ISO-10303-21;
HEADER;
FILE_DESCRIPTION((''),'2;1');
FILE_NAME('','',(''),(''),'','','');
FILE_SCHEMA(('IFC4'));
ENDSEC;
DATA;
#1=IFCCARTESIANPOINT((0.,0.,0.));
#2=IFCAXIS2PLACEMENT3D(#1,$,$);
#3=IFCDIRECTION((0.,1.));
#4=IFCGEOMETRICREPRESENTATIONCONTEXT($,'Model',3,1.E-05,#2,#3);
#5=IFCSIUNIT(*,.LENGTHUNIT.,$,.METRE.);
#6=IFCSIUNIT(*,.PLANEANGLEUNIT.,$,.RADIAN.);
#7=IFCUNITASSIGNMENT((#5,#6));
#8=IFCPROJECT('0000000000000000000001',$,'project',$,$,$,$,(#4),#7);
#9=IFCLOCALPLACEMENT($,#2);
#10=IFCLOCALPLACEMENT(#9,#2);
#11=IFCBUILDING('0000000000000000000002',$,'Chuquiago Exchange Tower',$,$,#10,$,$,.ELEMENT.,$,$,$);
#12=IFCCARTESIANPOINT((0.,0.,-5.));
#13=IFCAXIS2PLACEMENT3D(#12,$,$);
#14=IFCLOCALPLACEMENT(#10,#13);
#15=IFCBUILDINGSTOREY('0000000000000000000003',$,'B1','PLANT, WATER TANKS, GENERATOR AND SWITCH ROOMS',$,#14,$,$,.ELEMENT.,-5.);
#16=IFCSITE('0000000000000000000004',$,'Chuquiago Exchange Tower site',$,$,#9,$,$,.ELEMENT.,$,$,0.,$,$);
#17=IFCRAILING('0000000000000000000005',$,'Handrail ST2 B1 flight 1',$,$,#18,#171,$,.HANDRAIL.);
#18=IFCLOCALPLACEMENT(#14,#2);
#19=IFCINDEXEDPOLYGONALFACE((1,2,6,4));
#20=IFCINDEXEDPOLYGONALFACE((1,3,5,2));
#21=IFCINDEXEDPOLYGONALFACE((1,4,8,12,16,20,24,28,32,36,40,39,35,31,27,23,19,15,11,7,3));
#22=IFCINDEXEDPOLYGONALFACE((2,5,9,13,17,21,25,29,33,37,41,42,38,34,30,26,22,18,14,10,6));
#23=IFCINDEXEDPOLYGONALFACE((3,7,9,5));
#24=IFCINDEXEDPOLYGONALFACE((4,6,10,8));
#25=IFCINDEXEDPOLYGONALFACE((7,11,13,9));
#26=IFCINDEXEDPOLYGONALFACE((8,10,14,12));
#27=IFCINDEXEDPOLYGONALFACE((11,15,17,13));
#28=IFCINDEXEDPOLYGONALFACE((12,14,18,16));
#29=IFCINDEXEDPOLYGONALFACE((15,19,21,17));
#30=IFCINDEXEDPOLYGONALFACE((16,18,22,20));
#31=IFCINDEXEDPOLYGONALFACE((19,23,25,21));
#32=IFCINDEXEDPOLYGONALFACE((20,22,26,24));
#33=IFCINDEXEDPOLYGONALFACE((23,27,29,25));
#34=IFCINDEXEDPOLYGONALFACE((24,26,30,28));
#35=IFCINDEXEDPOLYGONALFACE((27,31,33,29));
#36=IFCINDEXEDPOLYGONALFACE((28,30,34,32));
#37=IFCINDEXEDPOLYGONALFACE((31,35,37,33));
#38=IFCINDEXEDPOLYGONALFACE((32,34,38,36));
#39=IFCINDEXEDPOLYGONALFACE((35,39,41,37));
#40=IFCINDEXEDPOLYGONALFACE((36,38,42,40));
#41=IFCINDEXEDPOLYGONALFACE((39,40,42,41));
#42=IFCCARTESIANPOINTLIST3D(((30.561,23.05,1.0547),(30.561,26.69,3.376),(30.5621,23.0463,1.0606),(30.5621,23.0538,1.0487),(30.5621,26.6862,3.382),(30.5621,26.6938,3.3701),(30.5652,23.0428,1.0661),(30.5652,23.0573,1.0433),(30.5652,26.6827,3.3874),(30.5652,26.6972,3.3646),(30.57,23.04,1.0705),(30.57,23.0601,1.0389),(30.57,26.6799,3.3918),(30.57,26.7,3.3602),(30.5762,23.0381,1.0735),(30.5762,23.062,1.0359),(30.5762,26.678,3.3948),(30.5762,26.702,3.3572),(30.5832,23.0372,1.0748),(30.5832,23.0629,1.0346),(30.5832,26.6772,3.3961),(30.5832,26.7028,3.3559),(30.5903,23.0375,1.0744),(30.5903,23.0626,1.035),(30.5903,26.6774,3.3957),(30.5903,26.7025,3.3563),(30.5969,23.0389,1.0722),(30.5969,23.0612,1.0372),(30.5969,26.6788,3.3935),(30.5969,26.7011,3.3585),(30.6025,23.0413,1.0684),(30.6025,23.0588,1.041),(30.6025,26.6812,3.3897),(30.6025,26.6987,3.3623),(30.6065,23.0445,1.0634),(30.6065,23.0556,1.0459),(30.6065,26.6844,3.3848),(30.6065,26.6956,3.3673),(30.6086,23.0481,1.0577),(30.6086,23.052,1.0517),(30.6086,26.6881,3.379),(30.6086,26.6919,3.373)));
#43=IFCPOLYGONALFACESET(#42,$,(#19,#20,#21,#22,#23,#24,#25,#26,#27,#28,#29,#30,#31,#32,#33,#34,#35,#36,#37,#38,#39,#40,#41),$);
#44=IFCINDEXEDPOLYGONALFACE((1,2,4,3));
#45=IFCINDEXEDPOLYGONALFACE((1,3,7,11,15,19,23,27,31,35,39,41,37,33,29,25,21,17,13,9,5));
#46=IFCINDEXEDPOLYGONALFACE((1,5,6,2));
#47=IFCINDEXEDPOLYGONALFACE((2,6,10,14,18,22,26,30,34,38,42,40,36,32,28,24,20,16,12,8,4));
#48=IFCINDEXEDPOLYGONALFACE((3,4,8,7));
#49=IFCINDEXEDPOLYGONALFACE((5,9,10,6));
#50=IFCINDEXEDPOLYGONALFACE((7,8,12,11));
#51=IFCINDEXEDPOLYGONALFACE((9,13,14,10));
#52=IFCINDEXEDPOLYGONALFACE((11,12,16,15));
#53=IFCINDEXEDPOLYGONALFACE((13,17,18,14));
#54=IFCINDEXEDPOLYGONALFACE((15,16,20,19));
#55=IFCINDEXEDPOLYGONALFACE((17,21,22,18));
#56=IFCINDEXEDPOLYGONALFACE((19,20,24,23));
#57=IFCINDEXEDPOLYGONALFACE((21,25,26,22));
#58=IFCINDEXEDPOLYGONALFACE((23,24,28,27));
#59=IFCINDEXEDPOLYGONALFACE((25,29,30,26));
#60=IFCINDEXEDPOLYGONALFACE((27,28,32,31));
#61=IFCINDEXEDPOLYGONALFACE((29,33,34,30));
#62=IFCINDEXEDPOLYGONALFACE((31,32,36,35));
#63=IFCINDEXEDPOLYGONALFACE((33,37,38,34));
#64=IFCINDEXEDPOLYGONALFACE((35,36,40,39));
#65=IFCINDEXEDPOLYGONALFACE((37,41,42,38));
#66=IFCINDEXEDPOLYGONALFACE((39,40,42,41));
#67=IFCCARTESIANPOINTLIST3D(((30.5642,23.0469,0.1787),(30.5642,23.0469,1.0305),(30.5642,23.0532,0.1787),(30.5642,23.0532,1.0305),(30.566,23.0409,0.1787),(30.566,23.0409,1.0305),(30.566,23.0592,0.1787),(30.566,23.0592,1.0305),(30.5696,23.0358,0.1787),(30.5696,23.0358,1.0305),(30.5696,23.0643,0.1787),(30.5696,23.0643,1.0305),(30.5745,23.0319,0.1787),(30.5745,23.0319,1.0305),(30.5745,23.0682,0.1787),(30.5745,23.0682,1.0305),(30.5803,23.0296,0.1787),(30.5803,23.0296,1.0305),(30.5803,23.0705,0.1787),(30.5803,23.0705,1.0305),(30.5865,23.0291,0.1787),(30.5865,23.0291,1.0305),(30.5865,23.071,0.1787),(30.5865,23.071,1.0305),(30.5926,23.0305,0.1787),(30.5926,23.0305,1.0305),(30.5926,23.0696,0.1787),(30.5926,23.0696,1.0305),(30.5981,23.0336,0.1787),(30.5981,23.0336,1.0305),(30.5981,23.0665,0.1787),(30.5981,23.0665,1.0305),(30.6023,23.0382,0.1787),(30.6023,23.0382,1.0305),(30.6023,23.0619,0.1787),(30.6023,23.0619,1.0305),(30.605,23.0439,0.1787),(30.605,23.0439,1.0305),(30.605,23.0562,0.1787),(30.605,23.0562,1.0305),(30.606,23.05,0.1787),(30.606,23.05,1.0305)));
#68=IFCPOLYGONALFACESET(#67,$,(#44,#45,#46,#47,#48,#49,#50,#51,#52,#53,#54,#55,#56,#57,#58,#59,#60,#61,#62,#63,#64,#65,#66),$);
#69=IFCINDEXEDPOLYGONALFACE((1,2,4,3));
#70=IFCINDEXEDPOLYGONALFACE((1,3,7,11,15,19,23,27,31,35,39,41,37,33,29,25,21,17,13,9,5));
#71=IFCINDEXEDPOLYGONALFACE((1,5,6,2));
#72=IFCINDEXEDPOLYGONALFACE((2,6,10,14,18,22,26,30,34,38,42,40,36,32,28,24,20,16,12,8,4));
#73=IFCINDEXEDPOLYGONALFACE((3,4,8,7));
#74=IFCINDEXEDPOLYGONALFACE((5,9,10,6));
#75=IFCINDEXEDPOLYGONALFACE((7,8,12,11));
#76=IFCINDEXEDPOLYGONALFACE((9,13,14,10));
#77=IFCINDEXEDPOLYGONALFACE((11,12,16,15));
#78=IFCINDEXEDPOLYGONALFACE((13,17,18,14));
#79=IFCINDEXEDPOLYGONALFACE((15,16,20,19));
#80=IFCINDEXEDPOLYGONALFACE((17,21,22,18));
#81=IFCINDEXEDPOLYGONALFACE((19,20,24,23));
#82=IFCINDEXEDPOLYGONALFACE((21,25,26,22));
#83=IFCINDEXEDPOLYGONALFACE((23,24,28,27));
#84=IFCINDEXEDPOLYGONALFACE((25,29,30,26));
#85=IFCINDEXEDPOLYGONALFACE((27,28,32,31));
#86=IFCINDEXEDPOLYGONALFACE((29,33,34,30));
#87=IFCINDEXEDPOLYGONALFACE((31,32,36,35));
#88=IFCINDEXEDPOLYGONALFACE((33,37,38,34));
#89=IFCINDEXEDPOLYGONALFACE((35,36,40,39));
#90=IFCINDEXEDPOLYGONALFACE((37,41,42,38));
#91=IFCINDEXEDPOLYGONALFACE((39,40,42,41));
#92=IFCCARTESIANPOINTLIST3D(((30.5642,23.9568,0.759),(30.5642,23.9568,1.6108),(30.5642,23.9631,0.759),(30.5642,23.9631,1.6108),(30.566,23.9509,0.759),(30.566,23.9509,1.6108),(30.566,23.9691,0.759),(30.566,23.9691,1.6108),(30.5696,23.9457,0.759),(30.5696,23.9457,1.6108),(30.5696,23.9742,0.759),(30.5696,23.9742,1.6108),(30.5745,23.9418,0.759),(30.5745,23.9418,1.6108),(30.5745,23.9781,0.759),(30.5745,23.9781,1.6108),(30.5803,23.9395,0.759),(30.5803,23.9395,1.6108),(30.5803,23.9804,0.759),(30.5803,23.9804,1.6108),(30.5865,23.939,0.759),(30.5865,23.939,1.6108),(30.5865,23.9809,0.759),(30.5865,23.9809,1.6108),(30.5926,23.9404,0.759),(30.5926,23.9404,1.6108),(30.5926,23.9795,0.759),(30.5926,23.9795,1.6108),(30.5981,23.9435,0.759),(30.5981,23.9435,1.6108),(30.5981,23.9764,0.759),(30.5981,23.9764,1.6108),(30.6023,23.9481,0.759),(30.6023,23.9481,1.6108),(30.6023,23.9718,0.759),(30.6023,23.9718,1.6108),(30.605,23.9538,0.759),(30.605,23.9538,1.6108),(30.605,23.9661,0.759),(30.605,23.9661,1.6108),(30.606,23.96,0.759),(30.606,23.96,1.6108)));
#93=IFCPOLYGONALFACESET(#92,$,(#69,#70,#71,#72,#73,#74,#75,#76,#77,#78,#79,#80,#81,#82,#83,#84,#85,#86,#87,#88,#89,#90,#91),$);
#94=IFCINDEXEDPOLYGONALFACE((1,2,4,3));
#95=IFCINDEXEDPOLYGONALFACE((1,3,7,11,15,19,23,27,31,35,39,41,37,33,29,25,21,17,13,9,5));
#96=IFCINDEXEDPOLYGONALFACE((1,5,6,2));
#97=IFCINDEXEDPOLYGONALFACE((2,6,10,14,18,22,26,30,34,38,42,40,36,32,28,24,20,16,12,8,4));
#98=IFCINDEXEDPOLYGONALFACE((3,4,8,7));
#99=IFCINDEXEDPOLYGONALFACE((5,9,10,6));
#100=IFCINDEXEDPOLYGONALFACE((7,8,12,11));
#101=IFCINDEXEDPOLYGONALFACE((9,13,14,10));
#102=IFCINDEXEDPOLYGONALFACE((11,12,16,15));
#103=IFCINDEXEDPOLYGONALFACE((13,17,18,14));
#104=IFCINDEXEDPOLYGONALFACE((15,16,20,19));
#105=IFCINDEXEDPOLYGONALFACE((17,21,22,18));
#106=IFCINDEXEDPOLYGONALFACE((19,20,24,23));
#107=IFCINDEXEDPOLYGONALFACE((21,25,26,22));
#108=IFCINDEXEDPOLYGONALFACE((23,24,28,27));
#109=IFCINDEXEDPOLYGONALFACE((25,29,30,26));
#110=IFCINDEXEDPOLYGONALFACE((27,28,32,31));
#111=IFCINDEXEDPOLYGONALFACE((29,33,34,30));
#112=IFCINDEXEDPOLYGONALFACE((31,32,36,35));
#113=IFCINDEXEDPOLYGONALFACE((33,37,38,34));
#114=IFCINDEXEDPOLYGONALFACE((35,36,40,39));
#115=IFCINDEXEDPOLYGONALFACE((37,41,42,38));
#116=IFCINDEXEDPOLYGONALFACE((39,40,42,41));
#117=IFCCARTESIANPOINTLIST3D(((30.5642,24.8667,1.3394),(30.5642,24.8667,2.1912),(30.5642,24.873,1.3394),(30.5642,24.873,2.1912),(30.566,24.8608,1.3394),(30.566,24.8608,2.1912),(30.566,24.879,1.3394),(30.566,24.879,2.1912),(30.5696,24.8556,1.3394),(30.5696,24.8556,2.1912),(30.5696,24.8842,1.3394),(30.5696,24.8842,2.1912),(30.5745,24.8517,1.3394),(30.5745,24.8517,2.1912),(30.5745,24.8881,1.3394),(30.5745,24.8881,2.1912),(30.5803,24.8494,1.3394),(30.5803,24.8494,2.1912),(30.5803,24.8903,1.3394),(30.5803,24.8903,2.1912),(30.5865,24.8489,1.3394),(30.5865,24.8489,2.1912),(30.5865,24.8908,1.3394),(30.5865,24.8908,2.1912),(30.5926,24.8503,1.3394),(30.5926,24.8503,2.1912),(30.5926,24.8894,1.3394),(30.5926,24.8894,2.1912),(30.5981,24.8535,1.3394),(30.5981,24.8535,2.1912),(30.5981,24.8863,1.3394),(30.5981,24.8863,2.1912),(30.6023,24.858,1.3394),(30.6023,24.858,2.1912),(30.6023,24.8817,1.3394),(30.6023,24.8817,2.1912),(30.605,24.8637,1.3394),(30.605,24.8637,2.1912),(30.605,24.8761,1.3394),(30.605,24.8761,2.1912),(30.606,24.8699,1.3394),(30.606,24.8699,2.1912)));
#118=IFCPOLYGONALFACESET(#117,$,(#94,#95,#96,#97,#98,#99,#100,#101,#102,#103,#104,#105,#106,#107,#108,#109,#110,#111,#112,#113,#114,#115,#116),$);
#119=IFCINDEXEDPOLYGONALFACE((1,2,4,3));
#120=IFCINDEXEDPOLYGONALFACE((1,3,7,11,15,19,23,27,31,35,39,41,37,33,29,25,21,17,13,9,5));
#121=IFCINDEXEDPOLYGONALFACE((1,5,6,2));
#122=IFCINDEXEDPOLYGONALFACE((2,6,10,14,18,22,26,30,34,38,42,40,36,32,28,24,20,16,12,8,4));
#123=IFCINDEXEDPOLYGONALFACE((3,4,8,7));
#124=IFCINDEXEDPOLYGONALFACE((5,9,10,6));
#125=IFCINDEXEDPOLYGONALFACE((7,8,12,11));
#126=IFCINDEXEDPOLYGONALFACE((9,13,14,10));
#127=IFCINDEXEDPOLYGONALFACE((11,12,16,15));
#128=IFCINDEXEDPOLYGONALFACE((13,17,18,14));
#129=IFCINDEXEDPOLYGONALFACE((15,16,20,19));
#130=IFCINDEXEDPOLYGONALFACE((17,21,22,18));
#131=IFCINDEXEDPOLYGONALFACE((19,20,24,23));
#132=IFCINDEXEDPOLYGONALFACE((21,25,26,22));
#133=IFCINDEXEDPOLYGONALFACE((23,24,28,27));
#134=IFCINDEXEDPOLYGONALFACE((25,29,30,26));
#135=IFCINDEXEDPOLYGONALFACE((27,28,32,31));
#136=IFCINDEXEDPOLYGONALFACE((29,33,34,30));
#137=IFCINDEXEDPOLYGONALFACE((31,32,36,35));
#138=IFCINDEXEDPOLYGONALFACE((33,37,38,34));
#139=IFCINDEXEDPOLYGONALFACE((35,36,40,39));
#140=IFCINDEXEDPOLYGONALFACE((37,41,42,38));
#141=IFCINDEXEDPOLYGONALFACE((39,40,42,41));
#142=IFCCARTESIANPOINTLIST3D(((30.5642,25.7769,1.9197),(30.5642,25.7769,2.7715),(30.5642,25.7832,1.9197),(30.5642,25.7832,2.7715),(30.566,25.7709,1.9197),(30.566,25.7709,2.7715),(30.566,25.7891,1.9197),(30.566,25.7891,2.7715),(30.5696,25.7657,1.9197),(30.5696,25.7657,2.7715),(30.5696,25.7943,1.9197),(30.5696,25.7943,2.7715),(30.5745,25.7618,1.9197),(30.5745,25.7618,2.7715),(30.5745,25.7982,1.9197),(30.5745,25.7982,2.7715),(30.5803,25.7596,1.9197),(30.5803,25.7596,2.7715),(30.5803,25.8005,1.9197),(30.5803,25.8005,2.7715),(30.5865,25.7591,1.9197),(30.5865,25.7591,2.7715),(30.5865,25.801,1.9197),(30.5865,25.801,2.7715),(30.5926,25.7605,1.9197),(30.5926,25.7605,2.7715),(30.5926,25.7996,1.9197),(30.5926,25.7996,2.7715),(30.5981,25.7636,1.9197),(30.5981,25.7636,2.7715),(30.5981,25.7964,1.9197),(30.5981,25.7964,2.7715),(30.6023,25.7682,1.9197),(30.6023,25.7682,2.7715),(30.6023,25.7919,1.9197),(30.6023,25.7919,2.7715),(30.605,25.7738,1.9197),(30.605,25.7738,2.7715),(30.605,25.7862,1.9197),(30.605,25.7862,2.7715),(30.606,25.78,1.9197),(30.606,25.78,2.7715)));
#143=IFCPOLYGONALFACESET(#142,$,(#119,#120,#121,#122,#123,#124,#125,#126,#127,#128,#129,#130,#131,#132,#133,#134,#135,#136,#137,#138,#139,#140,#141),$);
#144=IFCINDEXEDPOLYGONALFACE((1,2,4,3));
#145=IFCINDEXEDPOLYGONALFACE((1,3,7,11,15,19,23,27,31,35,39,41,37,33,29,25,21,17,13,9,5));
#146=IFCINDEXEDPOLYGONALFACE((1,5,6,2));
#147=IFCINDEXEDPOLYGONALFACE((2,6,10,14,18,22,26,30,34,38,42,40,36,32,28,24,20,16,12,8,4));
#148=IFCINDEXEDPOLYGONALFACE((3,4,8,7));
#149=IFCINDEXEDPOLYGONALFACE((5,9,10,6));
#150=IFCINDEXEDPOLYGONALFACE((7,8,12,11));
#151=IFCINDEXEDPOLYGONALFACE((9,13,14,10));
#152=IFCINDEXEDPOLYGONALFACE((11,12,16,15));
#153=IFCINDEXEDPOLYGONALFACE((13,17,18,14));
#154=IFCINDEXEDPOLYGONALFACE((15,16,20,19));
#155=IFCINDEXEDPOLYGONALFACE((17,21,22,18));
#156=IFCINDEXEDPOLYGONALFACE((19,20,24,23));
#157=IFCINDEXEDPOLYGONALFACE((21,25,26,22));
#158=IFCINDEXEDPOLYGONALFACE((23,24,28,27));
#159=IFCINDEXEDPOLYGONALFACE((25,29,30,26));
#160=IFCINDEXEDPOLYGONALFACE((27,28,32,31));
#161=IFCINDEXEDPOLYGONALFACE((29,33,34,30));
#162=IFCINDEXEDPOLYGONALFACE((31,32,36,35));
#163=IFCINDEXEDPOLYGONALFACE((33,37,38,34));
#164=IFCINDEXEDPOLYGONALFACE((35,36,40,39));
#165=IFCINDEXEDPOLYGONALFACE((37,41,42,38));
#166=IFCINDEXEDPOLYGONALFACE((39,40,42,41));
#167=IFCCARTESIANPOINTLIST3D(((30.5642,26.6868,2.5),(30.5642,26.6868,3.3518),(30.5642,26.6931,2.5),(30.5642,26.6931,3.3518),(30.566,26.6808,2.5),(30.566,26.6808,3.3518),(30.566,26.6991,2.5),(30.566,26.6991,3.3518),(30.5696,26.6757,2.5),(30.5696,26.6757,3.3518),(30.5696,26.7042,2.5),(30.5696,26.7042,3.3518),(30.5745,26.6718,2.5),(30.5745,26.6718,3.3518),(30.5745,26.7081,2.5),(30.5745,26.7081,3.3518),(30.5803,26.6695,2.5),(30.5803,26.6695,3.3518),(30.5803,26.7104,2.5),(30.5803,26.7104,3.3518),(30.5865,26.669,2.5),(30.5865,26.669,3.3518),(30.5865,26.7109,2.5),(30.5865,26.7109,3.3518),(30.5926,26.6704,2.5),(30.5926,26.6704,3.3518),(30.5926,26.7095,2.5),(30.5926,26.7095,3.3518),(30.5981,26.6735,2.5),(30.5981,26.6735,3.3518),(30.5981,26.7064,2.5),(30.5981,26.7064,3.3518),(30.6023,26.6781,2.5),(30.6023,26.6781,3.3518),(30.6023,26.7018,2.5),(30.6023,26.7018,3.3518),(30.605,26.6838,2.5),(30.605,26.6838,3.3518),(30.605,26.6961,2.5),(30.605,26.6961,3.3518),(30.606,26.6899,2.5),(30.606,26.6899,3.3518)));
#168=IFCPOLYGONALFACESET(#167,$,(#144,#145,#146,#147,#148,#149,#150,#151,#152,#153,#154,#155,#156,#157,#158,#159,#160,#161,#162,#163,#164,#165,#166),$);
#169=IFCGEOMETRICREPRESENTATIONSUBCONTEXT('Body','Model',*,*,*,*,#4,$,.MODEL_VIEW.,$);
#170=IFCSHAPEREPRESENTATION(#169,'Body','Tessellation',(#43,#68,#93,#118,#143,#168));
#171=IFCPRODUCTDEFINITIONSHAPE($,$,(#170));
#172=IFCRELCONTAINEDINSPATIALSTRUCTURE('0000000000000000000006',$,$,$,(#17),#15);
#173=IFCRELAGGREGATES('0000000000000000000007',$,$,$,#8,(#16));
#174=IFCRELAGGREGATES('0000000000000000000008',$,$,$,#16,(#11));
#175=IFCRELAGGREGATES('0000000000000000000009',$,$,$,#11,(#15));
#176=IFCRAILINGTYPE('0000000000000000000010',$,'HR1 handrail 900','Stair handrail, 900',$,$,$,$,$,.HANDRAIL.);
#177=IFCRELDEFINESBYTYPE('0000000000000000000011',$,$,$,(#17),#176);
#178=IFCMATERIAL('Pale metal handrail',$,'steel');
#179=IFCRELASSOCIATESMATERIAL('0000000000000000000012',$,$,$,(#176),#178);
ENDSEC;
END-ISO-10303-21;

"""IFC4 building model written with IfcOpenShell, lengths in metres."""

from ifc_helpers import new_model, si_unit, direction, frame, origin, origin_2d, place, context, subcontext, project, spatial, circle, extrude, material, type_object, element, save


model = new_model("IFC4")

# Units and contexts
model_context = context("Model", 3, precision=1e-05, world=origin(), true_north=direction((0.0, 1.0)))
body_context = subcontext(model_context, "Body", "Model", "MODEL_VIEW")
ifc_project = project(units=[si_unit("LENGTHUNIT", "METRE"), si_unit("PLANEANGLEUNIT", "RADIAN")], contexts=[model_context])

# Site, building, storey
site_placement = place(None, origin())
site = spatial("IfcSite", under=ifc_project, at=site_placement, Name="Chuquiago Exchange Tower site", CompositionType="ELEMENT", RefElevation=0.0)
building_placement = place(site_placement, origin())
building = spatial("IfcBuilding", under=site, at=building_placement, Name="Chuquiago Exchange Tower", CompositionType="ELEMENT")
storey_placement = place(building_placement, frame((0.0, 0.0, -5.0)))
storey = spatial("IfcBuildingStorey", under=building, at=storey_placement, Name="B1", Description="PLANT, WATER TANKS, GENERATOR AND SWITCH ROOMS", CompositionType="ELEMENT", Elevation=-5.0)

# Railing
ifc_material_1 = material(Name="Pale metal handrail", Category="steel")
railing_type = type_object("IfcRailingType", Name="HR1 handrail 900", Description="Stair handrail, 900", PredefinedType="HANDRAIL", material=ifc_material_1)
for number, where, name in (
    (1, (30.585, 23.05, 0.1787), "Handrail ST2 B1 flight 1"),
):
    element("IfcRailing", number, at=place(storey_placement, frame(where)), inside=storey, type_object=railing_type, Name=name, PredefinedType="HANDRAIL", context=body_context, shape_type="SweptSolid", body=[
        extrude(circle(Radius=0.0239, at=origin_2d()), frame((0.0, 0.0, 0.876), z_axis=(0.0, 0.843137, 0.537699), x_axis=(-1.0, 0.0, 0.0)), (0.0, 0.0, 1.0), 4.3171),
        extrude(circle(Radius=0.021, at=origin_2d()), origin(), (0.0, 0.0, 1.0), 0.8518),
        extrude(circle(Radius=0.021, at=origin_2d()), frame((0.0, 0.9099, 0.5803)), (0.0, 0.0, 1.0), 0.8518),
        extrude(circle(Radius=0.021, at=origin_2d()), frame((0.0, 1.8198, 1.1606)), (0.0, 0.0, 1.0), 0.8518),
        extrude(circle(Radius=0.021, at=origin_2d()), frame((0.0, 2.73, 1.741)), (0.0, 0.0, 1.0), 0.8518),
        extrude(circle(Radius=0.021, at=origin_2d()), frame((0.0, 3.6399, 2.3213)), (0.0, 0.0, 1.0), 0.8518),
    ])

save(model, "model.ifc")
